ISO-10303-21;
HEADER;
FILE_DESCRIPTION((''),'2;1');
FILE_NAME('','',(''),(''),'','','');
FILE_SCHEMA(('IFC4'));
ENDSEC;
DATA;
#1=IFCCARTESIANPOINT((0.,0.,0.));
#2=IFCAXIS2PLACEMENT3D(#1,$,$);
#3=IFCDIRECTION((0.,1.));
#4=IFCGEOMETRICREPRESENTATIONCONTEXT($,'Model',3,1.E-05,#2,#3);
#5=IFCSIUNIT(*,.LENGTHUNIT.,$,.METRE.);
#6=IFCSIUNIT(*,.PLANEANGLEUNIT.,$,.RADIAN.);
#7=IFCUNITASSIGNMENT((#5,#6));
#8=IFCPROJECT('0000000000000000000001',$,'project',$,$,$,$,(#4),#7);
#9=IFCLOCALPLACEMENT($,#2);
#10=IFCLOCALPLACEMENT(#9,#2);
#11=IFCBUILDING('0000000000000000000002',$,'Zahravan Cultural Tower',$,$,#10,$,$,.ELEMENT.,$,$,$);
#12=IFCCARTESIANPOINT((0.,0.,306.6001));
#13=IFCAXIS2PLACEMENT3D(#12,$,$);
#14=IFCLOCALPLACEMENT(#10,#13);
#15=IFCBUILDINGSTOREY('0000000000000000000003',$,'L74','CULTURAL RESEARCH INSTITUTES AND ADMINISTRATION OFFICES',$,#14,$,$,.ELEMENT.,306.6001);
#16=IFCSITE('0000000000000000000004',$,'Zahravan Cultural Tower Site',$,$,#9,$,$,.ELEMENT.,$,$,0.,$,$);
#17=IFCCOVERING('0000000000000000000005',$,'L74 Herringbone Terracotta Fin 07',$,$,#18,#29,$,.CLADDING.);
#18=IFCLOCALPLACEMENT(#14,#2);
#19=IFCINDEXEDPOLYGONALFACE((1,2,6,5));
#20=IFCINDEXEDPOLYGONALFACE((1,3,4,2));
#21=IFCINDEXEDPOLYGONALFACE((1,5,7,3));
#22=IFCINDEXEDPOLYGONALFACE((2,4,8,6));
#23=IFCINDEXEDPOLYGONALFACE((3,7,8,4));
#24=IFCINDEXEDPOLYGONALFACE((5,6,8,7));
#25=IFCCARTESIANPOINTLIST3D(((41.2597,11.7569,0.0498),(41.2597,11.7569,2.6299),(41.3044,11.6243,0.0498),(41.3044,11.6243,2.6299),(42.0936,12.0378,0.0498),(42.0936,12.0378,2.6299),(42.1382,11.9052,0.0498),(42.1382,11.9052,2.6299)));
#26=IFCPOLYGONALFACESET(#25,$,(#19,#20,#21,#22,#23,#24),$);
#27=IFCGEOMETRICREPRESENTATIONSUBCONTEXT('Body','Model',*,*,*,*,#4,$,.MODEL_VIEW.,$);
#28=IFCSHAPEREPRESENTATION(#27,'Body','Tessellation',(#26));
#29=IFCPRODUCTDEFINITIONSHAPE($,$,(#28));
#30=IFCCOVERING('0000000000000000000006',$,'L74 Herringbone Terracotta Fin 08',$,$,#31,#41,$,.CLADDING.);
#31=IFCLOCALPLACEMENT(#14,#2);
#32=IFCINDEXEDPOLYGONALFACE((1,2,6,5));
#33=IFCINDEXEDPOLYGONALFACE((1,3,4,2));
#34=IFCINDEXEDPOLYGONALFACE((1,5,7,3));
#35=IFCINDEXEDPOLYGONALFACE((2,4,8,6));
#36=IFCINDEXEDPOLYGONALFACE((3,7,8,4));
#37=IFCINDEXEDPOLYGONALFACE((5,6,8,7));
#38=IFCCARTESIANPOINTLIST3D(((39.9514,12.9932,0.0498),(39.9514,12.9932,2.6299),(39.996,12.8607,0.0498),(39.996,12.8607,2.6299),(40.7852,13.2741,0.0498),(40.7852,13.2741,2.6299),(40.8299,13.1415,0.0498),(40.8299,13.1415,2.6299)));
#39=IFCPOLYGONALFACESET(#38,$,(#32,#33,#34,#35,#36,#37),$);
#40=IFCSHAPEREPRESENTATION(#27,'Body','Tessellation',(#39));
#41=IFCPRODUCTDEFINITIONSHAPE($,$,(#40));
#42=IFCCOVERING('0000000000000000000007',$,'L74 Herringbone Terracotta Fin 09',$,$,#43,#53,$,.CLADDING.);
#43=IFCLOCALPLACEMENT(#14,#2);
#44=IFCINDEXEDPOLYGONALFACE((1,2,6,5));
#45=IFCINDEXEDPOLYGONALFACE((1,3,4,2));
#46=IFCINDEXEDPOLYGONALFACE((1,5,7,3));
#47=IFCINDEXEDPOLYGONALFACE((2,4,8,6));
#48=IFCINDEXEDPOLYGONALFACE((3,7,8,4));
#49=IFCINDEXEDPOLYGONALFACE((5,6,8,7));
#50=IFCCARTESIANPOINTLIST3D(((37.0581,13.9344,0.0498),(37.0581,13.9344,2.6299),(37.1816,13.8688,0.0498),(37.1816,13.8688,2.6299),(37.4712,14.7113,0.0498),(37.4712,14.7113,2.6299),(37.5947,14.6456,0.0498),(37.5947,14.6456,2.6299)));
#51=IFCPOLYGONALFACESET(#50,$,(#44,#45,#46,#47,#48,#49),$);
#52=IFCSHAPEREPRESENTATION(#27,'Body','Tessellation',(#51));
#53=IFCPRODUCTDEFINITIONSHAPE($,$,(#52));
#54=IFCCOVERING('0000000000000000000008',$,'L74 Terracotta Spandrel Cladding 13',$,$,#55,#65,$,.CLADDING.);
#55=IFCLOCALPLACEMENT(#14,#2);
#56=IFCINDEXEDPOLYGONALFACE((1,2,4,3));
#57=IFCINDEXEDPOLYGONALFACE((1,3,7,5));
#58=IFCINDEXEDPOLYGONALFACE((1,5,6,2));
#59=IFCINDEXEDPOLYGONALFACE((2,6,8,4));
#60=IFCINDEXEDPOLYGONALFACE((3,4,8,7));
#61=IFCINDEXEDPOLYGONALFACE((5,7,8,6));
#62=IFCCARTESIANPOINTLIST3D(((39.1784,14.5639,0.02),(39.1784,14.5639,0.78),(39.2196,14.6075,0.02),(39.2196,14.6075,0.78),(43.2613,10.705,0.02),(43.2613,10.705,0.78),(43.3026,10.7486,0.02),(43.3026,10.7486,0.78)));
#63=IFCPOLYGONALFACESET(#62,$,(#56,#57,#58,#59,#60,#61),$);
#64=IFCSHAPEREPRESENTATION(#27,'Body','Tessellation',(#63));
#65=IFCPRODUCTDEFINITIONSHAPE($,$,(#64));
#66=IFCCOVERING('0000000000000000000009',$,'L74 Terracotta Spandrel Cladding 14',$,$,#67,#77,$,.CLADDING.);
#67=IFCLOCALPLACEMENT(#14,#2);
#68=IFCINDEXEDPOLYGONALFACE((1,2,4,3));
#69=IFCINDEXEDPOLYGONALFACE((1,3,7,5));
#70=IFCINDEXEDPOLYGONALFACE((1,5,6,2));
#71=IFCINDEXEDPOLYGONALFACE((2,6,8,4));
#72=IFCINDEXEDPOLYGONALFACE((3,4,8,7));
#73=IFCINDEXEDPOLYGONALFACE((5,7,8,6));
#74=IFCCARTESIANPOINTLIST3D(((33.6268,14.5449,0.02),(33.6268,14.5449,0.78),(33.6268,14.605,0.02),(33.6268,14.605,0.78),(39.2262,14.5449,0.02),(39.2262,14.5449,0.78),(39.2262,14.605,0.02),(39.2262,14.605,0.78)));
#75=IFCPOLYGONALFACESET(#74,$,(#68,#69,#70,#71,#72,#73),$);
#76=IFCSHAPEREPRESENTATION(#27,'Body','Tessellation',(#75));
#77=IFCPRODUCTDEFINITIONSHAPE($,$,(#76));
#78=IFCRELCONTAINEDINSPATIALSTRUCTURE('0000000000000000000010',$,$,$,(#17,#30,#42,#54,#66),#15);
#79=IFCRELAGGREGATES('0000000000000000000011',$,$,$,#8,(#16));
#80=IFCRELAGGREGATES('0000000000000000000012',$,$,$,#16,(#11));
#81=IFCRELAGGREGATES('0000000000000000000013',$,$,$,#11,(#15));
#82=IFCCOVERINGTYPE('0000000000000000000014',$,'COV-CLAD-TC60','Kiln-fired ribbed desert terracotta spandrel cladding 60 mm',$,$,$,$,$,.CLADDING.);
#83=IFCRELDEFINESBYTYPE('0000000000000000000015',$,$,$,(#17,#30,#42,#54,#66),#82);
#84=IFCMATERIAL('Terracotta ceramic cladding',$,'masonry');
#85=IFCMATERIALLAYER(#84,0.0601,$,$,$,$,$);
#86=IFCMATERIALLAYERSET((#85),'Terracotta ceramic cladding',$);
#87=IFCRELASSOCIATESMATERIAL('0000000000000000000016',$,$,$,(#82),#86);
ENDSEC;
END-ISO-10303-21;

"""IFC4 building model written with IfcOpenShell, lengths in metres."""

from ifc_helpers import new_model, si_unit, direction, frame, origin, origin_2d, place, context, subcontext, project, spatial, rectangle, extrude, source, transform, mapped, material, layer, layer_set, type_object, element, save


model = new_model("IFC4")

# Units and contexts
model_context = context("Model", 3, precision=1e-05, world=origin(), true_north=direction((0.0, 1.0)))
body_context = subcontext(model_context, "Body", "Model", "MODEL_VIEW")
ifc_project = project(units=[si_unit("LENGTHUNIT", "METRE"), si_unit("PLANEANGLEUNIT", "RADIAN")], contexts=[model_context])

# Site, building, storey
site_placement = place(None, origin())
site = spatial("IfcSite", under=ifc_project, at=site_placement, Name="Zahravan Cultural Tower Site", CompositionType="ELEMENT", RefElevation=0.0)
building_placement = place(site_placement, origin())
building = spatial("IfcBuilding", under=site, at=building_placement, Name="Zahravan Cultural Tower", CompositionType="ELEMENT")
storey_placement = place(building_placement, frame((0.0, 0.0, 306.6001)))
storey = spatial("IfcBuildingStorey", under=building, at=storey_placement, Name="L74", Description="CULTURAL RESEARCH INSTITUTES AND ADMINISTRATION OFFICES", CompositionType="ELEMENT", Elevation=306.6001)

# Coverings
ifc_material_1 = material(Name="Terracotta ceramic cladding", Category="masonry")
ifc_layer_1 = layer(ifc_material_1, 0.0601)
ifc_layer_set_1 = layer_set([ifc_layer_1], Name="Terracotta ceramic cladding")
covering_type = type_object("IfcCoveringType", Name="COV-CLAD-TC60", Description="Kiln-fired ribbed desert terracotta spandrel cladding 60 mm", PredefinedType="CLADDING", material=ifc_layer_set_1)
shared_shape_1 = source(origin(), body_context, "Body", "SweptSolid", [
    extrude(rectangle(XDim=0.8799, YDim=0.1399, at=origin_2d()), origin(), (0.0, 0.0, 1.0), 2.5801),
])
for number, where, z_axis, x_axis, name in (
    (1, (41.699, 11.8311, 0.0498), (0.0, 0.0, 1.0), (-0.947679, -0.319224, 0.0), "L74 Herringbone Terracotta Fin 07"),
    (2, (40.3906, 13.0674, 0.0498), (0.0, 0.0, 1.0), (-0.947679, -0.319224, 0.0), "L74 Herringbone Terracotta Fin 08"),
    (3, (37.3264, 14.29, 0.0498), (0.0, 0.0, 1.0), (-0.469472, -0.882948, 0.0), "L74 Herringbone Terracotta Fin 09"),
):
    element("IfcCovering", number, at=place(storey_placement, frame(where, z_axis=z_axis, x_axis=x_axis)), inside=storey, type_object=covering_type, Name=name, PredefinedType="CLADDING", context=body_context, shape_type="MappedRepresentation", body=[
        mapped(shared_shape_1, transform((0.0, 0.0, 0.0), x_axis=(1.0, 0.0, 0.0), y_axis=(0.0, 1.0, 0.0), z_axis=(0.0, 0.0, 1.0), scale=1.0)),
    ])
shared_shape_2 = source(origin(), body_context, "Body", "SweptSolid", [
    extrude(rectangle(XDim=5.6179, YDim=0.0601, at=origin_2d()), origin(), (0.0, 0.0, 1.0), 0.76),
])
covering_1_placement = place(storey_placement, frame((41.2405, 12.6562, 0.02), z_axis=(0.0, 0.0, 1.0), x_axis=(-0.726767, 0.686885, 0.0)))
element("IfcCovering", 4, at=covering_1_placement, inside=storey, type_object=covering_type, Name="L74 Terracotta Spandrel Cladding 13", PredefinedType="CLADDING", context=body_context, shape_type="MappedRepresentation", body=[
    mapped(shared_shape_2, transform((0.0, 0.0, 0.0), x_axis=(1.0, 0.0, 0.0), y_axis=(0.0, 1.0, 0.0), z_axis=(0.0, 0.0, 1.0), scale=1.0)),
])
shared_shape_3 = source(origin(), body_context, "Body", "SweptSolid", [
    extrude(rectangle(XDim=5.5994, YDim=0.0601, at=origin_2d()), origin(), (0.0, 0.0, 1.0), 0.76),
])
covering_2_placement = place(storey_placement, frame((36.4265, 14.575, 0.02), z_axis=(0.0, 0.0, 1.0), x_axis=(-1.0, 0.0, 0.0)))
element("IfcCovering", 5, at=covering_2_placement, inside=storey, type_object=covering_type, Name="L74 Terracotta Spandrel Cladding 14", PredefinedType="CLADDING", context=body_context, shape_type="MappedRepresentation", body=[
    mapped(shared_shape_3, transform((0.0, 0.0, 0.0), x_axis=(1.0, 0.0, 0.0), y_axis=(0.0, 1.0, 0.0), z_axis=(0.0, 0.0, 1.0), scale=1.0)),
])

save(model, "model.ifc")
